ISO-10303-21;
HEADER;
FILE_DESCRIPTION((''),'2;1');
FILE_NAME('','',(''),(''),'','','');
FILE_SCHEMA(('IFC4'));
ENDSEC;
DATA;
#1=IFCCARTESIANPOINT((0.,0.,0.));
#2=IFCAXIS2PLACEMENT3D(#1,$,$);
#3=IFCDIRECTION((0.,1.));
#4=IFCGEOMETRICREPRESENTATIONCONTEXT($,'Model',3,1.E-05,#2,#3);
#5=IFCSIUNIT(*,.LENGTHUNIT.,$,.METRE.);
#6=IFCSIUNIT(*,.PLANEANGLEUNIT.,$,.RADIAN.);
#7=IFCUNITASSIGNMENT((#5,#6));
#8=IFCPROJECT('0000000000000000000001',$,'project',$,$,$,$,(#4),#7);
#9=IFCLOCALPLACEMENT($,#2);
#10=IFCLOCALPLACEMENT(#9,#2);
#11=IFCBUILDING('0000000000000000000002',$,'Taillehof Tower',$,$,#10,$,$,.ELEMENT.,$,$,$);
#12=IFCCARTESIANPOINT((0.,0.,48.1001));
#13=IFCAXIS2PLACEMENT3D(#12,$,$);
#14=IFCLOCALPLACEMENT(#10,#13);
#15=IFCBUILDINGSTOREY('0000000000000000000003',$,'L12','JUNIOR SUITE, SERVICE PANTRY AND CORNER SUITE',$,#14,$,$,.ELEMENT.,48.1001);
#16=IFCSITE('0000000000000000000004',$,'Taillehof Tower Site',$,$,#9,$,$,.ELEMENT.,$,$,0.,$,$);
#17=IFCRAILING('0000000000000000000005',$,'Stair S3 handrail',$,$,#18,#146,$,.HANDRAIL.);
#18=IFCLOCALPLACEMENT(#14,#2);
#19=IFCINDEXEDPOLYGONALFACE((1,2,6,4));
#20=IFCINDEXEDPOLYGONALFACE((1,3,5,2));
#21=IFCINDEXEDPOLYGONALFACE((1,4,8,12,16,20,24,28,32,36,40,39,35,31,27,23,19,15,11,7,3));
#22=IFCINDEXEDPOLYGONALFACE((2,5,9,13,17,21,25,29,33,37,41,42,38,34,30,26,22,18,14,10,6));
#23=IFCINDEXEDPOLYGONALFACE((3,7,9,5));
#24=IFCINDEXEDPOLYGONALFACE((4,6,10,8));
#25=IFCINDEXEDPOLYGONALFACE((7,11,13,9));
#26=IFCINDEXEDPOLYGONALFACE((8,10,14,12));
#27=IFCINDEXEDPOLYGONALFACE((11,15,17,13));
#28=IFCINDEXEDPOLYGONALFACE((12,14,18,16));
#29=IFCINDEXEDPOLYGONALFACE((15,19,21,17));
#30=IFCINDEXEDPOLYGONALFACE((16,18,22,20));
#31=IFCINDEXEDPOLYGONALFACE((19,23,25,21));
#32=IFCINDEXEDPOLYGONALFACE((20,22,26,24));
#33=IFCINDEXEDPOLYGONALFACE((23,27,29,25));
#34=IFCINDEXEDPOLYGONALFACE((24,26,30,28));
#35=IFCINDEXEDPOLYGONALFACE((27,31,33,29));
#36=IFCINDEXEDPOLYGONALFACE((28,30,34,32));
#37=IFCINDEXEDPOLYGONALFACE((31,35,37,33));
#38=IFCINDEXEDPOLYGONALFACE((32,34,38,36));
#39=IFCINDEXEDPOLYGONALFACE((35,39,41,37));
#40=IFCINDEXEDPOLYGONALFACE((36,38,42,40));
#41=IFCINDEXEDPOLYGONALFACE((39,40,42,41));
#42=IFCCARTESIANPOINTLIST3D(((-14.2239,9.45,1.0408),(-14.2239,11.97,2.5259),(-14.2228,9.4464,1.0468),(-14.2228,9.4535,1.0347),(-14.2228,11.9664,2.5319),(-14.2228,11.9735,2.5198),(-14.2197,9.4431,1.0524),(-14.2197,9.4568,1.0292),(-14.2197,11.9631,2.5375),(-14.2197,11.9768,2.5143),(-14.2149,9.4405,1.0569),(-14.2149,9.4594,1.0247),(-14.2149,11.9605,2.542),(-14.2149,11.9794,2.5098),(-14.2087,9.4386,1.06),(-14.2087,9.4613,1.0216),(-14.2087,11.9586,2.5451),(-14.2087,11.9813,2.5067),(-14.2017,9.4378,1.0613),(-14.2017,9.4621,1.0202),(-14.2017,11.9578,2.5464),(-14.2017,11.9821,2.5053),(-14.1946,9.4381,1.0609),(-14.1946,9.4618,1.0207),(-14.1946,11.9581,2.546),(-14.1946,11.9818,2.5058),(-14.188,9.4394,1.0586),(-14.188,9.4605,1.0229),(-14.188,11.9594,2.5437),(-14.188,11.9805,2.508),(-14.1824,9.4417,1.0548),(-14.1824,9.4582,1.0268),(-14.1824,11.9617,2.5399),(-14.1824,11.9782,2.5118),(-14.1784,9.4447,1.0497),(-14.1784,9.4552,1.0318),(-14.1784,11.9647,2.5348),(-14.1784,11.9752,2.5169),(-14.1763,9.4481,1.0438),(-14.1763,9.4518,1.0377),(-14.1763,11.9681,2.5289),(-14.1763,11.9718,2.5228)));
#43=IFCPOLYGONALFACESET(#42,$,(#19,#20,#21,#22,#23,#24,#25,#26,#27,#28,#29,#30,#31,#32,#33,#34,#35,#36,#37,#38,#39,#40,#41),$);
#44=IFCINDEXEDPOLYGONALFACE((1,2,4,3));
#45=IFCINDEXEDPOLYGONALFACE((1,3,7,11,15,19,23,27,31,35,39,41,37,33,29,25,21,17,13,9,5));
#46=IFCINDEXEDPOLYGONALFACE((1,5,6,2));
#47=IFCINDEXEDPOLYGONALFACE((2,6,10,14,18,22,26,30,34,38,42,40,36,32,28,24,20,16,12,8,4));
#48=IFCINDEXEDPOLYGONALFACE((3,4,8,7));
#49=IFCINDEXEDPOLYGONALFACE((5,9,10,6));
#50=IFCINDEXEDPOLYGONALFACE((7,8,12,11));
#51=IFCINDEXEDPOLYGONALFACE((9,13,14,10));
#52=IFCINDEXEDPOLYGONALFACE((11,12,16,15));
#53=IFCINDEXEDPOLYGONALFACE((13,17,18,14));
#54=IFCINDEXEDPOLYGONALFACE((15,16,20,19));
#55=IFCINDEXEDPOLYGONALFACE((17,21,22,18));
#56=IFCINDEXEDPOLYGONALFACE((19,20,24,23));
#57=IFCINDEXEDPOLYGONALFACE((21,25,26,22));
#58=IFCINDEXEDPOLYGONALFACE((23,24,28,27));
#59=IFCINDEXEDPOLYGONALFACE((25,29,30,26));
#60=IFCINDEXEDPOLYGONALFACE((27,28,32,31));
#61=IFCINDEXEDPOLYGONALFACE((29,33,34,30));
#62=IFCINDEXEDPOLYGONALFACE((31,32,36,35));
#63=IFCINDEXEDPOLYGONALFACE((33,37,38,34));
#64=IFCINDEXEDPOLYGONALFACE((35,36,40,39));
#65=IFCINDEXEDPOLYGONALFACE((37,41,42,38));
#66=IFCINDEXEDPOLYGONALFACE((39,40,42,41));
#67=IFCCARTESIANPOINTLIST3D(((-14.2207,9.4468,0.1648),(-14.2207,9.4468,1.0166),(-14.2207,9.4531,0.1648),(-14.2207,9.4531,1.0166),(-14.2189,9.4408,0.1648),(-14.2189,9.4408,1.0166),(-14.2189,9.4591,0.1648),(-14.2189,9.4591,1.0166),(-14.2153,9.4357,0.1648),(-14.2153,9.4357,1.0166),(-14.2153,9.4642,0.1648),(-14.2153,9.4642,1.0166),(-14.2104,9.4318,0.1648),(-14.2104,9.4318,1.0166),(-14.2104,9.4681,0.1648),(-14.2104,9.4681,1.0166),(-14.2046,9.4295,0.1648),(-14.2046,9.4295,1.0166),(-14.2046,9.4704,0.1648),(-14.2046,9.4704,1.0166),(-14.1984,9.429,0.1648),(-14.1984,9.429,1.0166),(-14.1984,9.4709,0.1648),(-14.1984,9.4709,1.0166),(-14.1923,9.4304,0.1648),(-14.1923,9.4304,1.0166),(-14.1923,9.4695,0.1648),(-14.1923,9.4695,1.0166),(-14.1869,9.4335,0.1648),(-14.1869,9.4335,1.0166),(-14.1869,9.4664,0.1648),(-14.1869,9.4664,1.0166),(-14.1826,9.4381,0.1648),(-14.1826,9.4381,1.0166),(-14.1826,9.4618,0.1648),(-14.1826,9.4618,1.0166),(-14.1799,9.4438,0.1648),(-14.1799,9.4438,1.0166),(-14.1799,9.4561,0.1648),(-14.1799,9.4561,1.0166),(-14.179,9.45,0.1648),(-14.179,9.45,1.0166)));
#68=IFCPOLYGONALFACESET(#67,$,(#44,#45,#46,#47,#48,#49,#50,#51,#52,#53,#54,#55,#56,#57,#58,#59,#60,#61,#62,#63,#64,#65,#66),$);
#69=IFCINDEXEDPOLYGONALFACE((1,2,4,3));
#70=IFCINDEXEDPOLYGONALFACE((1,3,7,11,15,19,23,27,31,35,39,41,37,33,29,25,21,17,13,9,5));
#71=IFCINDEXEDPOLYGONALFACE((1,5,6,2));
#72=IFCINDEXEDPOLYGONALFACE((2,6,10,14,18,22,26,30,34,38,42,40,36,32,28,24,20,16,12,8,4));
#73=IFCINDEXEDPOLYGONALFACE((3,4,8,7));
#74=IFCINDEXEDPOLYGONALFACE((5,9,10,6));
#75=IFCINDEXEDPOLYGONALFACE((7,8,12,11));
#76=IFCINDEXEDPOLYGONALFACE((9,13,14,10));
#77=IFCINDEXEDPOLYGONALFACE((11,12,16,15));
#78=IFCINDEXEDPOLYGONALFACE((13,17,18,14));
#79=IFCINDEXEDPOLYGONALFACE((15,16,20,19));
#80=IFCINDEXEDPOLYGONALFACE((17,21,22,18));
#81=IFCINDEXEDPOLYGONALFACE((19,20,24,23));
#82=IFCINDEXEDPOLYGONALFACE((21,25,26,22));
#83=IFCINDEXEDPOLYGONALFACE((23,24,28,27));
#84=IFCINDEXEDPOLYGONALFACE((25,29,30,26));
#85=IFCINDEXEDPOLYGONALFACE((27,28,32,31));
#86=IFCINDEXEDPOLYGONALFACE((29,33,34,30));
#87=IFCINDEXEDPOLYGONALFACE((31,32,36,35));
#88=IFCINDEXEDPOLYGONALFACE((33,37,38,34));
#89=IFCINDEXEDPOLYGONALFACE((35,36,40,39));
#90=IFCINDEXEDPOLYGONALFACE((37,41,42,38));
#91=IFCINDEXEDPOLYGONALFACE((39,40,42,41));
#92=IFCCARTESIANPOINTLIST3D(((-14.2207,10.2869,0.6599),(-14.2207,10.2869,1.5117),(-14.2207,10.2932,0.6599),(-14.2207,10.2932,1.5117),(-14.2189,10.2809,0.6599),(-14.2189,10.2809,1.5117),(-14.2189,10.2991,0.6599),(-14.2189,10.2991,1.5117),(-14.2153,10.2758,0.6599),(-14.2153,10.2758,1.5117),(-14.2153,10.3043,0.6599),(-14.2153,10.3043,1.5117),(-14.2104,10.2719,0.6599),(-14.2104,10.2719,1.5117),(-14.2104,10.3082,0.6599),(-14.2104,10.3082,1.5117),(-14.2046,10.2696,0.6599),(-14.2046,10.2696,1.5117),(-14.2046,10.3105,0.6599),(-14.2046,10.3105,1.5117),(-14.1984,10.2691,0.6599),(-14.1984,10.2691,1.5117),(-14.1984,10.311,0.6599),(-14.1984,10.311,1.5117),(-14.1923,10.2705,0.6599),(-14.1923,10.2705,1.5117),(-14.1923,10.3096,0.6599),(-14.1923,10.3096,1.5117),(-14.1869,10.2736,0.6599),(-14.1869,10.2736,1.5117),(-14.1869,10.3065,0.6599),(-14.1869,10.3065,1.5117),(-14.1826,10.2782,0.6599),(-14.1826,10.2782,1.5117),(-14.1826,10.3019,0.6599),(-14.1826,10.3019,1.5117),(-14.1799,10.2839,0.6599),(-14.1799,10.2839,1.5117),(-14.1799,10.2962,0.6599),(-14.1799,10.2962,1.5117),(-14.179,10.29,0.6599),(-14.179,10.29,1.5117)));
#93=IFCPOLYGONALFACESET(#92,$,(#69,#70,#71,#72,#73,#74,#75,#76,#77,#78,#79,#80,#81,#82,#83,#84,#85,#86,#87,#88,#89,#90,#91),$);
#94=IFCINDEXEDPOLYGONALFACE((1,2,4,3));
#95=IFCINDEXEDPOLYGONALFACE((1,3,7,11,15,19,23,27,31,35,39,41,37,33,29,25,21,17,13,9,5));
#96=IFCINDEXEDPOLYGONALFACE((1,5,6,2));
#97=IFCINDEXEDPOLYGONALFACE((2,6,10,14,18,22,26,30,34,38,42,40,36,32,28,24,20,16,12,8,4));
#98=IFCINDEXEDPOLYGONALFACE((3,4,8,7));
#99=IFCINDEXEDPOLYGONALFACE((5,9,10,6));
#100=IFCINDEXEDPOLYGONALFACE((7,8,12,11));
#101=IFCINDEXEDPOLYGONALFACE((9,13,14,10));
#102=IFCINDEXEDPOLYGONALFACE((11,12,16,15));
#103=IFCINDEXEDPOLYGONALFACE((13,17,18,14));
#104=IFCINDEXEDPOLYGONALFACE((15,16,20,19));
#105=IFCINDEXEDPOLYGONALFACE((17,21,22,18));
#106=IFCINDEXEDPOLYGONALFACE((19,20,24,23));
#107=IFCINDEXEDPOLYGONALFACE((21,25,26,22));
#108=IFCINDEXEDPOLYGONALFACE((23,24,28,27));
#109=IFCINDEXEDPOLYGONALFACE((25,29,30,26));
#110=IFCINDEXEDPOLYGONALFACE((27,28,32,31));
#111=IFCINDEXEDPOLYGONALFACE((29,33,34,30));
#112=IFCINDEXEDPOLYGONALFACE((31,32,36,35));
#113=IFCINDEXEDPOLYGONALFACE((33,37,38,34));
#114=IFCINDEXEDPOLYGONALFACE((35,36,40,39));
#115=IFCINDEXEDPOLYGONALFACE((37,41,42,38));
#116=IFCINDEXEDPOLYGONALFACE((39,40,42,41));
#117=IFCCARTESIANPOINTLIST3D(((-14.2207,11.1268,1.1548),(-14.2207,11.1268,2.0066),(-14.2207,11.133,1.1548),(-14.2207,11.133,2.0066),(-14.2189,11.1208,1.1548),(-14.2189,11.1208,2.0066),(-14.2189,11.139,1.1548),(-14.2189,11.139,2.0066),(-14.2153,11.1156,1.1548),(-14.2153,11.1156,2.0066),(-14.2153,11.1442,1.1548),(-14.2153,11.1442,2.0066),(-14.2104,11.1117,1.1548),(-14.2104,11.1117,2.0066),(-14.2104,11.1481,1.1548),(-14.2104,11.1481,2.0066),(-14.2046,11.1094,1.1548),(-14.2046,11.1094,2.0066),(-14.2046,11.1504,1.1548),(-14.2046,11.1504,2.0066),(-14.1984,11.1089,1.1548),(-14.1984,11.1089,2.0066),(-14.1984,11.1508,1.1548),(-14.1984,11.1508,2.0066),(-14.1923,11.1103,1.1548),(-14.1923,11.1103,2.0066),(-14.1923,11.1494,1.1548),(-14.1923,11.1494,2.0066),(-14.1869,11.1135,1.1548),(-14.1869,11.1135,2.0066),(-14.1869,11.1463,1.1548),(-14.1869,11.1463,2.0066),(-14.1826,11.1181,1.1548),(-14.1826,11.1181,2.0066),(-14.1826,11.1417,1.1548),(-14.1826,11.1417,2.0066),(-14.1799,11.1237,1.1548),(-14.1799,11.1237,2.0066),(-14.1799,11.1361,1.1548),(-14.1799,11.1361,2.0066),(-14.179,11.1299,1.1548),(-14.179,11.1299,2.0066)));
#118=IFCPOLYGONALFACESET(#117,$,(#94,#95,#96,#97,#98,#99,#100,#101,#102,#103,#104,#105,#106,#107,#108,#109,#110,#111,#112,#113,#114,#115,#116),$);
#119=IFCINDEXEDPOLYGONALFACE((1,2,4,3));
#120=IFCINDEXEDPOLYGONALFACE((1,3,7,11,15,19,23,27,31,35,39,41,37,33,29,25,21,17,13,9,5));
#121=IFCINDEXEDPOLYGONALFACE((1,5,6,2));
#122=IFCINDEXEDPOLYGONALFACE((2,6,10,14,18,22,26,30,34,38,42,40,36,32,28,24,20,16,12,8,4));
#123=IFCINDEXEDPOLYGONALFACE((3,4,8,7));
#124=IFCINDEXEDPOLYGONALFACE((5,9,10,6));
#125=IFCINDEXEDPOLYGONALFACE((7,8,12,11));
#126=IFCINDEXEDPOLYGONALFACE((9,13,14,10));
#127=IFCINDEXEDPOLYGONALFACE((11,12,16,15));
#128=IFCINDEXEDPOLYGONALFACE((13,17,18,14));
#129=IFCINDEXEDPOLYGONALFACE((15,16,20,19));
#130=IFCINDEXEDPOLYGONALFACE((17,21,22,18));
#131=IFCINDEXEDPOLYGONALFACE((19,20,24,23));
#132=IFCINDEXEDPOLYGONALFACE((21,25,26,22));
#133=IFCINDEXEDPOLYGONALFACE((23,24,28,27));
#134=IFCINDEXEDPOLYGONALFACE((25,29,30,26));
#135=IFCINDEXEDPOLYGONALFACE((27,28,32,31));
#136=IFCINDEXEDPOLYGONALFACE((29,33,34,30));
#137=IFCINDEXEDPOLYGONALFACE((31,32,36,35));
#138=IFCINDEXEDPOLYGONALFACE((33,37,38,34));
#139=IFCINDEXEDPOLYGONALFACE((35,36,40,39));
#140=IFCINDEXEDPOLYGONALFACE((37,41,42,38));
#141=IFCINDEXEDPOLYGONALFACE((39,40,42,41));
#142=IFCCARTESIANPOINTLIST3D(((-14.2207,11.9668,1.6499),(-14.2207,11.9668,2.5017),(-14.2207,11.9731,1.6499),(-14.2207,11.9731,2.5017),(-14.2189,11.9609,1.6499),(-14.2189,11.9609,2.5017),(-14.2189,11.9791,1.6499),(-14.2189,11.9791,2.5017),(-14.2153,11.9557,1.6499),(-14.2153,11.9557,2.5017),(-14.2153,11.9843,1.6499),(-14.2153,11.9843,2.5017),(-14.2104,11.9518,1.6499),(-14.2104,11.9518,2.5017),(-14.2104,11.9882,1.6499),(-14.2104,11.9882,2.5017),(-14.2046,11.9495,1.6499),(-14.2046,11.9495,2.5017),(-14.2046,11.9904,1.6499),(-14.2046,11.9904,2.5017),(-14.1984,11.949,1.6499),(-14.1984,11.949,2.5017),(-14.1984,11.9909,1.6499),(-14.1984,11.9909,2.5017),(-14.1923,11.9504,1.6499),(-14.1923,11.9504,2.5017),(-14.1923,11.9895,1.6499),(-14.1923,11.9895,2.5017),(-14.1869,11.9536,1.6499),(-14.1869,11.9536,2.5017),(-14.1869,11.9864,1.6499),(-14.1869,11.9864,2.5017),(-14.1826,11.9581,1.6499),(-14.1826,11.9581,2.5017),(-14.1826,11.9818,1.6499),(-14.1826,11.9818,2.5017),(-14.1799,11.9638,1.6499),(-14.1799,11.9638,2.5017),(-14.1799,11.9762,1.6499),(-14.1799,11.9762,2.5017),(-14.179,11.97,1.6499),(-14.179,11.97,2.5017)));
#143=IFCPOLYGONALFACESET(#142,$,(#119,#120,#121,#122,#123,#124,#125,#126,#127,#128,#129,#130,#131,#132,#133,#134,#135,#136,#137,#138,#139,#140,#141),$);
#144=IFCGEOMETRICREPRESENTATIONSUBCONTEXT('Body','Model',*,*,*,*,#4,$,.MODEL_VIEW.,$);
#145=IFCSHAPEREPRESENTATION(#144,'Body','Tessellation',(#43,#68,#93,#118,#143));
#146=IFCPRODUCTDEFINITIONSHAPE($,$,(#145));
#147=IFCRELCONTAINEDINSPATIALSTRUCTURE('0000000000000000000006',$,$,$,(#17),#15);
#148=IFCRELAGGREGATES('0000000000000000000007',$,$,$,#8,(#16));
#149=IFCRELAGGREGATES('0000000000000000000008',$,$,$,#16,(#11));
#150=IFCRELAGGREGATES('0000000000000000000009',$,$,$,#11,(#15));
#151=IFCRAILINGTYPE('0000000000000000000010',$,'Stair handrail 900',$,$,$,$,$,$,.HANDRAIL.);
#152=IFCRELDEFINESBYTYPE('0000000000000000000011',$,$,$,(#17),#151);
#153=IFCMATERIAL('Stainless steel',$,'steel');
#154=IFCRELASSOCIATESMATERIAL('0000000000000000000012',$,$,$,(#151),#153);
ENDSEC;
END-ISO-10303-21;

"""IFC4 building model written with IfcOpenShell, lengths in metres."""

from ifc_helpers import new_model, si_unit, direction, frame, origin, origin_2d, place, context, subcontext, project, spatial, circle, extrude, material, type_object, element, save


model = new_model("IFC4")

# Units and contexts
model_context = context("Model", 3, precision=1e-05, world=origin(), true_north=direction((0.0, 1.0)))
body_context = subcontext(model_context, "Body", "Model", "MODEL_VIEW")
ifc_project = project(units=[si_unit("LENGTHUNIT", "METRE"), si_unit("PLANEANGLEUNIT", "RADIAN")], contexts=[model_context])

# Site, building, storey
site_placement = place(None, origin())
site = spatial("IfcSite", under=ifc_project, at=site_placement, Name="Taillehof Tower Site", CompositionType="ELEMENT", RefElevation=0.0)
building_placement = place(site_placement, origin())
building = spatial("IfcBuilding", under=site, at=building_placement, Name="Taillehof Tower", CompositionType="ELEMENT")
storey_placement = place(building_placement, frame((0.0, 0.0, 48.1001)))
storey = spatial("IfcBuildingStorey", under=building, at=storey_placement, Name="L12", Description="JUNIOR SUITE, SERVICE PANTRY AND CORNER SUITE", CompositionType="ELEMENT", Elevation=48.1001)

# Railing
ifc_material_1 = material(Name="Stainless steel", Category="steel")
railing_type = type_object("IfcRailingType", Name="Stair handrail 900", PredefinedType="HANDRAIL", material=ifc_material_1)
railing_1_placement = place(storey_placement, frame((-14.2, 9.45, 0.1648)))
element("IfcRailing", 1, at=railing_1_placement, inside=storey, type_object=railing_type, Name="Stair S3 handrail", PredefinedType="HANDRAIL", context=body_context, shape_type="SweptSolid", body=[
    extrude(circle(Radius=0.0239, at=origin_2d()), frame((0.0, 0.0, 0.876), z_axis=(0.0, 0.861524, 0.507717), x_axis=(-1.0, 0.0, 0.0)), (0.0, 0.0, 1.0), 2.925),
    extrude(circle(Radius=0.021, at=origin_2d()), origin(), (0.0, 0.0, 1.0), 0.8518),
    extrude(circle(Radius=0.021, at=origin_2d()), frame((0.0, 0.8401, 0.4951)), (0.0, 0.0, 1.0), 0.8518),
    extrude(circle(Radius=0.021, at=origin_2d()), frame((0.0, 1.6799, 0.99)), (0.0, 0.0, 1.0), 0.8518),
    extrude(circle(Radius=0.021, at=origin_2d()), frame((0.0, 2.52, 1.4851)), (0.0, 0.0, 1.0), 0.8518),
])

save(model, "model.ifc")
